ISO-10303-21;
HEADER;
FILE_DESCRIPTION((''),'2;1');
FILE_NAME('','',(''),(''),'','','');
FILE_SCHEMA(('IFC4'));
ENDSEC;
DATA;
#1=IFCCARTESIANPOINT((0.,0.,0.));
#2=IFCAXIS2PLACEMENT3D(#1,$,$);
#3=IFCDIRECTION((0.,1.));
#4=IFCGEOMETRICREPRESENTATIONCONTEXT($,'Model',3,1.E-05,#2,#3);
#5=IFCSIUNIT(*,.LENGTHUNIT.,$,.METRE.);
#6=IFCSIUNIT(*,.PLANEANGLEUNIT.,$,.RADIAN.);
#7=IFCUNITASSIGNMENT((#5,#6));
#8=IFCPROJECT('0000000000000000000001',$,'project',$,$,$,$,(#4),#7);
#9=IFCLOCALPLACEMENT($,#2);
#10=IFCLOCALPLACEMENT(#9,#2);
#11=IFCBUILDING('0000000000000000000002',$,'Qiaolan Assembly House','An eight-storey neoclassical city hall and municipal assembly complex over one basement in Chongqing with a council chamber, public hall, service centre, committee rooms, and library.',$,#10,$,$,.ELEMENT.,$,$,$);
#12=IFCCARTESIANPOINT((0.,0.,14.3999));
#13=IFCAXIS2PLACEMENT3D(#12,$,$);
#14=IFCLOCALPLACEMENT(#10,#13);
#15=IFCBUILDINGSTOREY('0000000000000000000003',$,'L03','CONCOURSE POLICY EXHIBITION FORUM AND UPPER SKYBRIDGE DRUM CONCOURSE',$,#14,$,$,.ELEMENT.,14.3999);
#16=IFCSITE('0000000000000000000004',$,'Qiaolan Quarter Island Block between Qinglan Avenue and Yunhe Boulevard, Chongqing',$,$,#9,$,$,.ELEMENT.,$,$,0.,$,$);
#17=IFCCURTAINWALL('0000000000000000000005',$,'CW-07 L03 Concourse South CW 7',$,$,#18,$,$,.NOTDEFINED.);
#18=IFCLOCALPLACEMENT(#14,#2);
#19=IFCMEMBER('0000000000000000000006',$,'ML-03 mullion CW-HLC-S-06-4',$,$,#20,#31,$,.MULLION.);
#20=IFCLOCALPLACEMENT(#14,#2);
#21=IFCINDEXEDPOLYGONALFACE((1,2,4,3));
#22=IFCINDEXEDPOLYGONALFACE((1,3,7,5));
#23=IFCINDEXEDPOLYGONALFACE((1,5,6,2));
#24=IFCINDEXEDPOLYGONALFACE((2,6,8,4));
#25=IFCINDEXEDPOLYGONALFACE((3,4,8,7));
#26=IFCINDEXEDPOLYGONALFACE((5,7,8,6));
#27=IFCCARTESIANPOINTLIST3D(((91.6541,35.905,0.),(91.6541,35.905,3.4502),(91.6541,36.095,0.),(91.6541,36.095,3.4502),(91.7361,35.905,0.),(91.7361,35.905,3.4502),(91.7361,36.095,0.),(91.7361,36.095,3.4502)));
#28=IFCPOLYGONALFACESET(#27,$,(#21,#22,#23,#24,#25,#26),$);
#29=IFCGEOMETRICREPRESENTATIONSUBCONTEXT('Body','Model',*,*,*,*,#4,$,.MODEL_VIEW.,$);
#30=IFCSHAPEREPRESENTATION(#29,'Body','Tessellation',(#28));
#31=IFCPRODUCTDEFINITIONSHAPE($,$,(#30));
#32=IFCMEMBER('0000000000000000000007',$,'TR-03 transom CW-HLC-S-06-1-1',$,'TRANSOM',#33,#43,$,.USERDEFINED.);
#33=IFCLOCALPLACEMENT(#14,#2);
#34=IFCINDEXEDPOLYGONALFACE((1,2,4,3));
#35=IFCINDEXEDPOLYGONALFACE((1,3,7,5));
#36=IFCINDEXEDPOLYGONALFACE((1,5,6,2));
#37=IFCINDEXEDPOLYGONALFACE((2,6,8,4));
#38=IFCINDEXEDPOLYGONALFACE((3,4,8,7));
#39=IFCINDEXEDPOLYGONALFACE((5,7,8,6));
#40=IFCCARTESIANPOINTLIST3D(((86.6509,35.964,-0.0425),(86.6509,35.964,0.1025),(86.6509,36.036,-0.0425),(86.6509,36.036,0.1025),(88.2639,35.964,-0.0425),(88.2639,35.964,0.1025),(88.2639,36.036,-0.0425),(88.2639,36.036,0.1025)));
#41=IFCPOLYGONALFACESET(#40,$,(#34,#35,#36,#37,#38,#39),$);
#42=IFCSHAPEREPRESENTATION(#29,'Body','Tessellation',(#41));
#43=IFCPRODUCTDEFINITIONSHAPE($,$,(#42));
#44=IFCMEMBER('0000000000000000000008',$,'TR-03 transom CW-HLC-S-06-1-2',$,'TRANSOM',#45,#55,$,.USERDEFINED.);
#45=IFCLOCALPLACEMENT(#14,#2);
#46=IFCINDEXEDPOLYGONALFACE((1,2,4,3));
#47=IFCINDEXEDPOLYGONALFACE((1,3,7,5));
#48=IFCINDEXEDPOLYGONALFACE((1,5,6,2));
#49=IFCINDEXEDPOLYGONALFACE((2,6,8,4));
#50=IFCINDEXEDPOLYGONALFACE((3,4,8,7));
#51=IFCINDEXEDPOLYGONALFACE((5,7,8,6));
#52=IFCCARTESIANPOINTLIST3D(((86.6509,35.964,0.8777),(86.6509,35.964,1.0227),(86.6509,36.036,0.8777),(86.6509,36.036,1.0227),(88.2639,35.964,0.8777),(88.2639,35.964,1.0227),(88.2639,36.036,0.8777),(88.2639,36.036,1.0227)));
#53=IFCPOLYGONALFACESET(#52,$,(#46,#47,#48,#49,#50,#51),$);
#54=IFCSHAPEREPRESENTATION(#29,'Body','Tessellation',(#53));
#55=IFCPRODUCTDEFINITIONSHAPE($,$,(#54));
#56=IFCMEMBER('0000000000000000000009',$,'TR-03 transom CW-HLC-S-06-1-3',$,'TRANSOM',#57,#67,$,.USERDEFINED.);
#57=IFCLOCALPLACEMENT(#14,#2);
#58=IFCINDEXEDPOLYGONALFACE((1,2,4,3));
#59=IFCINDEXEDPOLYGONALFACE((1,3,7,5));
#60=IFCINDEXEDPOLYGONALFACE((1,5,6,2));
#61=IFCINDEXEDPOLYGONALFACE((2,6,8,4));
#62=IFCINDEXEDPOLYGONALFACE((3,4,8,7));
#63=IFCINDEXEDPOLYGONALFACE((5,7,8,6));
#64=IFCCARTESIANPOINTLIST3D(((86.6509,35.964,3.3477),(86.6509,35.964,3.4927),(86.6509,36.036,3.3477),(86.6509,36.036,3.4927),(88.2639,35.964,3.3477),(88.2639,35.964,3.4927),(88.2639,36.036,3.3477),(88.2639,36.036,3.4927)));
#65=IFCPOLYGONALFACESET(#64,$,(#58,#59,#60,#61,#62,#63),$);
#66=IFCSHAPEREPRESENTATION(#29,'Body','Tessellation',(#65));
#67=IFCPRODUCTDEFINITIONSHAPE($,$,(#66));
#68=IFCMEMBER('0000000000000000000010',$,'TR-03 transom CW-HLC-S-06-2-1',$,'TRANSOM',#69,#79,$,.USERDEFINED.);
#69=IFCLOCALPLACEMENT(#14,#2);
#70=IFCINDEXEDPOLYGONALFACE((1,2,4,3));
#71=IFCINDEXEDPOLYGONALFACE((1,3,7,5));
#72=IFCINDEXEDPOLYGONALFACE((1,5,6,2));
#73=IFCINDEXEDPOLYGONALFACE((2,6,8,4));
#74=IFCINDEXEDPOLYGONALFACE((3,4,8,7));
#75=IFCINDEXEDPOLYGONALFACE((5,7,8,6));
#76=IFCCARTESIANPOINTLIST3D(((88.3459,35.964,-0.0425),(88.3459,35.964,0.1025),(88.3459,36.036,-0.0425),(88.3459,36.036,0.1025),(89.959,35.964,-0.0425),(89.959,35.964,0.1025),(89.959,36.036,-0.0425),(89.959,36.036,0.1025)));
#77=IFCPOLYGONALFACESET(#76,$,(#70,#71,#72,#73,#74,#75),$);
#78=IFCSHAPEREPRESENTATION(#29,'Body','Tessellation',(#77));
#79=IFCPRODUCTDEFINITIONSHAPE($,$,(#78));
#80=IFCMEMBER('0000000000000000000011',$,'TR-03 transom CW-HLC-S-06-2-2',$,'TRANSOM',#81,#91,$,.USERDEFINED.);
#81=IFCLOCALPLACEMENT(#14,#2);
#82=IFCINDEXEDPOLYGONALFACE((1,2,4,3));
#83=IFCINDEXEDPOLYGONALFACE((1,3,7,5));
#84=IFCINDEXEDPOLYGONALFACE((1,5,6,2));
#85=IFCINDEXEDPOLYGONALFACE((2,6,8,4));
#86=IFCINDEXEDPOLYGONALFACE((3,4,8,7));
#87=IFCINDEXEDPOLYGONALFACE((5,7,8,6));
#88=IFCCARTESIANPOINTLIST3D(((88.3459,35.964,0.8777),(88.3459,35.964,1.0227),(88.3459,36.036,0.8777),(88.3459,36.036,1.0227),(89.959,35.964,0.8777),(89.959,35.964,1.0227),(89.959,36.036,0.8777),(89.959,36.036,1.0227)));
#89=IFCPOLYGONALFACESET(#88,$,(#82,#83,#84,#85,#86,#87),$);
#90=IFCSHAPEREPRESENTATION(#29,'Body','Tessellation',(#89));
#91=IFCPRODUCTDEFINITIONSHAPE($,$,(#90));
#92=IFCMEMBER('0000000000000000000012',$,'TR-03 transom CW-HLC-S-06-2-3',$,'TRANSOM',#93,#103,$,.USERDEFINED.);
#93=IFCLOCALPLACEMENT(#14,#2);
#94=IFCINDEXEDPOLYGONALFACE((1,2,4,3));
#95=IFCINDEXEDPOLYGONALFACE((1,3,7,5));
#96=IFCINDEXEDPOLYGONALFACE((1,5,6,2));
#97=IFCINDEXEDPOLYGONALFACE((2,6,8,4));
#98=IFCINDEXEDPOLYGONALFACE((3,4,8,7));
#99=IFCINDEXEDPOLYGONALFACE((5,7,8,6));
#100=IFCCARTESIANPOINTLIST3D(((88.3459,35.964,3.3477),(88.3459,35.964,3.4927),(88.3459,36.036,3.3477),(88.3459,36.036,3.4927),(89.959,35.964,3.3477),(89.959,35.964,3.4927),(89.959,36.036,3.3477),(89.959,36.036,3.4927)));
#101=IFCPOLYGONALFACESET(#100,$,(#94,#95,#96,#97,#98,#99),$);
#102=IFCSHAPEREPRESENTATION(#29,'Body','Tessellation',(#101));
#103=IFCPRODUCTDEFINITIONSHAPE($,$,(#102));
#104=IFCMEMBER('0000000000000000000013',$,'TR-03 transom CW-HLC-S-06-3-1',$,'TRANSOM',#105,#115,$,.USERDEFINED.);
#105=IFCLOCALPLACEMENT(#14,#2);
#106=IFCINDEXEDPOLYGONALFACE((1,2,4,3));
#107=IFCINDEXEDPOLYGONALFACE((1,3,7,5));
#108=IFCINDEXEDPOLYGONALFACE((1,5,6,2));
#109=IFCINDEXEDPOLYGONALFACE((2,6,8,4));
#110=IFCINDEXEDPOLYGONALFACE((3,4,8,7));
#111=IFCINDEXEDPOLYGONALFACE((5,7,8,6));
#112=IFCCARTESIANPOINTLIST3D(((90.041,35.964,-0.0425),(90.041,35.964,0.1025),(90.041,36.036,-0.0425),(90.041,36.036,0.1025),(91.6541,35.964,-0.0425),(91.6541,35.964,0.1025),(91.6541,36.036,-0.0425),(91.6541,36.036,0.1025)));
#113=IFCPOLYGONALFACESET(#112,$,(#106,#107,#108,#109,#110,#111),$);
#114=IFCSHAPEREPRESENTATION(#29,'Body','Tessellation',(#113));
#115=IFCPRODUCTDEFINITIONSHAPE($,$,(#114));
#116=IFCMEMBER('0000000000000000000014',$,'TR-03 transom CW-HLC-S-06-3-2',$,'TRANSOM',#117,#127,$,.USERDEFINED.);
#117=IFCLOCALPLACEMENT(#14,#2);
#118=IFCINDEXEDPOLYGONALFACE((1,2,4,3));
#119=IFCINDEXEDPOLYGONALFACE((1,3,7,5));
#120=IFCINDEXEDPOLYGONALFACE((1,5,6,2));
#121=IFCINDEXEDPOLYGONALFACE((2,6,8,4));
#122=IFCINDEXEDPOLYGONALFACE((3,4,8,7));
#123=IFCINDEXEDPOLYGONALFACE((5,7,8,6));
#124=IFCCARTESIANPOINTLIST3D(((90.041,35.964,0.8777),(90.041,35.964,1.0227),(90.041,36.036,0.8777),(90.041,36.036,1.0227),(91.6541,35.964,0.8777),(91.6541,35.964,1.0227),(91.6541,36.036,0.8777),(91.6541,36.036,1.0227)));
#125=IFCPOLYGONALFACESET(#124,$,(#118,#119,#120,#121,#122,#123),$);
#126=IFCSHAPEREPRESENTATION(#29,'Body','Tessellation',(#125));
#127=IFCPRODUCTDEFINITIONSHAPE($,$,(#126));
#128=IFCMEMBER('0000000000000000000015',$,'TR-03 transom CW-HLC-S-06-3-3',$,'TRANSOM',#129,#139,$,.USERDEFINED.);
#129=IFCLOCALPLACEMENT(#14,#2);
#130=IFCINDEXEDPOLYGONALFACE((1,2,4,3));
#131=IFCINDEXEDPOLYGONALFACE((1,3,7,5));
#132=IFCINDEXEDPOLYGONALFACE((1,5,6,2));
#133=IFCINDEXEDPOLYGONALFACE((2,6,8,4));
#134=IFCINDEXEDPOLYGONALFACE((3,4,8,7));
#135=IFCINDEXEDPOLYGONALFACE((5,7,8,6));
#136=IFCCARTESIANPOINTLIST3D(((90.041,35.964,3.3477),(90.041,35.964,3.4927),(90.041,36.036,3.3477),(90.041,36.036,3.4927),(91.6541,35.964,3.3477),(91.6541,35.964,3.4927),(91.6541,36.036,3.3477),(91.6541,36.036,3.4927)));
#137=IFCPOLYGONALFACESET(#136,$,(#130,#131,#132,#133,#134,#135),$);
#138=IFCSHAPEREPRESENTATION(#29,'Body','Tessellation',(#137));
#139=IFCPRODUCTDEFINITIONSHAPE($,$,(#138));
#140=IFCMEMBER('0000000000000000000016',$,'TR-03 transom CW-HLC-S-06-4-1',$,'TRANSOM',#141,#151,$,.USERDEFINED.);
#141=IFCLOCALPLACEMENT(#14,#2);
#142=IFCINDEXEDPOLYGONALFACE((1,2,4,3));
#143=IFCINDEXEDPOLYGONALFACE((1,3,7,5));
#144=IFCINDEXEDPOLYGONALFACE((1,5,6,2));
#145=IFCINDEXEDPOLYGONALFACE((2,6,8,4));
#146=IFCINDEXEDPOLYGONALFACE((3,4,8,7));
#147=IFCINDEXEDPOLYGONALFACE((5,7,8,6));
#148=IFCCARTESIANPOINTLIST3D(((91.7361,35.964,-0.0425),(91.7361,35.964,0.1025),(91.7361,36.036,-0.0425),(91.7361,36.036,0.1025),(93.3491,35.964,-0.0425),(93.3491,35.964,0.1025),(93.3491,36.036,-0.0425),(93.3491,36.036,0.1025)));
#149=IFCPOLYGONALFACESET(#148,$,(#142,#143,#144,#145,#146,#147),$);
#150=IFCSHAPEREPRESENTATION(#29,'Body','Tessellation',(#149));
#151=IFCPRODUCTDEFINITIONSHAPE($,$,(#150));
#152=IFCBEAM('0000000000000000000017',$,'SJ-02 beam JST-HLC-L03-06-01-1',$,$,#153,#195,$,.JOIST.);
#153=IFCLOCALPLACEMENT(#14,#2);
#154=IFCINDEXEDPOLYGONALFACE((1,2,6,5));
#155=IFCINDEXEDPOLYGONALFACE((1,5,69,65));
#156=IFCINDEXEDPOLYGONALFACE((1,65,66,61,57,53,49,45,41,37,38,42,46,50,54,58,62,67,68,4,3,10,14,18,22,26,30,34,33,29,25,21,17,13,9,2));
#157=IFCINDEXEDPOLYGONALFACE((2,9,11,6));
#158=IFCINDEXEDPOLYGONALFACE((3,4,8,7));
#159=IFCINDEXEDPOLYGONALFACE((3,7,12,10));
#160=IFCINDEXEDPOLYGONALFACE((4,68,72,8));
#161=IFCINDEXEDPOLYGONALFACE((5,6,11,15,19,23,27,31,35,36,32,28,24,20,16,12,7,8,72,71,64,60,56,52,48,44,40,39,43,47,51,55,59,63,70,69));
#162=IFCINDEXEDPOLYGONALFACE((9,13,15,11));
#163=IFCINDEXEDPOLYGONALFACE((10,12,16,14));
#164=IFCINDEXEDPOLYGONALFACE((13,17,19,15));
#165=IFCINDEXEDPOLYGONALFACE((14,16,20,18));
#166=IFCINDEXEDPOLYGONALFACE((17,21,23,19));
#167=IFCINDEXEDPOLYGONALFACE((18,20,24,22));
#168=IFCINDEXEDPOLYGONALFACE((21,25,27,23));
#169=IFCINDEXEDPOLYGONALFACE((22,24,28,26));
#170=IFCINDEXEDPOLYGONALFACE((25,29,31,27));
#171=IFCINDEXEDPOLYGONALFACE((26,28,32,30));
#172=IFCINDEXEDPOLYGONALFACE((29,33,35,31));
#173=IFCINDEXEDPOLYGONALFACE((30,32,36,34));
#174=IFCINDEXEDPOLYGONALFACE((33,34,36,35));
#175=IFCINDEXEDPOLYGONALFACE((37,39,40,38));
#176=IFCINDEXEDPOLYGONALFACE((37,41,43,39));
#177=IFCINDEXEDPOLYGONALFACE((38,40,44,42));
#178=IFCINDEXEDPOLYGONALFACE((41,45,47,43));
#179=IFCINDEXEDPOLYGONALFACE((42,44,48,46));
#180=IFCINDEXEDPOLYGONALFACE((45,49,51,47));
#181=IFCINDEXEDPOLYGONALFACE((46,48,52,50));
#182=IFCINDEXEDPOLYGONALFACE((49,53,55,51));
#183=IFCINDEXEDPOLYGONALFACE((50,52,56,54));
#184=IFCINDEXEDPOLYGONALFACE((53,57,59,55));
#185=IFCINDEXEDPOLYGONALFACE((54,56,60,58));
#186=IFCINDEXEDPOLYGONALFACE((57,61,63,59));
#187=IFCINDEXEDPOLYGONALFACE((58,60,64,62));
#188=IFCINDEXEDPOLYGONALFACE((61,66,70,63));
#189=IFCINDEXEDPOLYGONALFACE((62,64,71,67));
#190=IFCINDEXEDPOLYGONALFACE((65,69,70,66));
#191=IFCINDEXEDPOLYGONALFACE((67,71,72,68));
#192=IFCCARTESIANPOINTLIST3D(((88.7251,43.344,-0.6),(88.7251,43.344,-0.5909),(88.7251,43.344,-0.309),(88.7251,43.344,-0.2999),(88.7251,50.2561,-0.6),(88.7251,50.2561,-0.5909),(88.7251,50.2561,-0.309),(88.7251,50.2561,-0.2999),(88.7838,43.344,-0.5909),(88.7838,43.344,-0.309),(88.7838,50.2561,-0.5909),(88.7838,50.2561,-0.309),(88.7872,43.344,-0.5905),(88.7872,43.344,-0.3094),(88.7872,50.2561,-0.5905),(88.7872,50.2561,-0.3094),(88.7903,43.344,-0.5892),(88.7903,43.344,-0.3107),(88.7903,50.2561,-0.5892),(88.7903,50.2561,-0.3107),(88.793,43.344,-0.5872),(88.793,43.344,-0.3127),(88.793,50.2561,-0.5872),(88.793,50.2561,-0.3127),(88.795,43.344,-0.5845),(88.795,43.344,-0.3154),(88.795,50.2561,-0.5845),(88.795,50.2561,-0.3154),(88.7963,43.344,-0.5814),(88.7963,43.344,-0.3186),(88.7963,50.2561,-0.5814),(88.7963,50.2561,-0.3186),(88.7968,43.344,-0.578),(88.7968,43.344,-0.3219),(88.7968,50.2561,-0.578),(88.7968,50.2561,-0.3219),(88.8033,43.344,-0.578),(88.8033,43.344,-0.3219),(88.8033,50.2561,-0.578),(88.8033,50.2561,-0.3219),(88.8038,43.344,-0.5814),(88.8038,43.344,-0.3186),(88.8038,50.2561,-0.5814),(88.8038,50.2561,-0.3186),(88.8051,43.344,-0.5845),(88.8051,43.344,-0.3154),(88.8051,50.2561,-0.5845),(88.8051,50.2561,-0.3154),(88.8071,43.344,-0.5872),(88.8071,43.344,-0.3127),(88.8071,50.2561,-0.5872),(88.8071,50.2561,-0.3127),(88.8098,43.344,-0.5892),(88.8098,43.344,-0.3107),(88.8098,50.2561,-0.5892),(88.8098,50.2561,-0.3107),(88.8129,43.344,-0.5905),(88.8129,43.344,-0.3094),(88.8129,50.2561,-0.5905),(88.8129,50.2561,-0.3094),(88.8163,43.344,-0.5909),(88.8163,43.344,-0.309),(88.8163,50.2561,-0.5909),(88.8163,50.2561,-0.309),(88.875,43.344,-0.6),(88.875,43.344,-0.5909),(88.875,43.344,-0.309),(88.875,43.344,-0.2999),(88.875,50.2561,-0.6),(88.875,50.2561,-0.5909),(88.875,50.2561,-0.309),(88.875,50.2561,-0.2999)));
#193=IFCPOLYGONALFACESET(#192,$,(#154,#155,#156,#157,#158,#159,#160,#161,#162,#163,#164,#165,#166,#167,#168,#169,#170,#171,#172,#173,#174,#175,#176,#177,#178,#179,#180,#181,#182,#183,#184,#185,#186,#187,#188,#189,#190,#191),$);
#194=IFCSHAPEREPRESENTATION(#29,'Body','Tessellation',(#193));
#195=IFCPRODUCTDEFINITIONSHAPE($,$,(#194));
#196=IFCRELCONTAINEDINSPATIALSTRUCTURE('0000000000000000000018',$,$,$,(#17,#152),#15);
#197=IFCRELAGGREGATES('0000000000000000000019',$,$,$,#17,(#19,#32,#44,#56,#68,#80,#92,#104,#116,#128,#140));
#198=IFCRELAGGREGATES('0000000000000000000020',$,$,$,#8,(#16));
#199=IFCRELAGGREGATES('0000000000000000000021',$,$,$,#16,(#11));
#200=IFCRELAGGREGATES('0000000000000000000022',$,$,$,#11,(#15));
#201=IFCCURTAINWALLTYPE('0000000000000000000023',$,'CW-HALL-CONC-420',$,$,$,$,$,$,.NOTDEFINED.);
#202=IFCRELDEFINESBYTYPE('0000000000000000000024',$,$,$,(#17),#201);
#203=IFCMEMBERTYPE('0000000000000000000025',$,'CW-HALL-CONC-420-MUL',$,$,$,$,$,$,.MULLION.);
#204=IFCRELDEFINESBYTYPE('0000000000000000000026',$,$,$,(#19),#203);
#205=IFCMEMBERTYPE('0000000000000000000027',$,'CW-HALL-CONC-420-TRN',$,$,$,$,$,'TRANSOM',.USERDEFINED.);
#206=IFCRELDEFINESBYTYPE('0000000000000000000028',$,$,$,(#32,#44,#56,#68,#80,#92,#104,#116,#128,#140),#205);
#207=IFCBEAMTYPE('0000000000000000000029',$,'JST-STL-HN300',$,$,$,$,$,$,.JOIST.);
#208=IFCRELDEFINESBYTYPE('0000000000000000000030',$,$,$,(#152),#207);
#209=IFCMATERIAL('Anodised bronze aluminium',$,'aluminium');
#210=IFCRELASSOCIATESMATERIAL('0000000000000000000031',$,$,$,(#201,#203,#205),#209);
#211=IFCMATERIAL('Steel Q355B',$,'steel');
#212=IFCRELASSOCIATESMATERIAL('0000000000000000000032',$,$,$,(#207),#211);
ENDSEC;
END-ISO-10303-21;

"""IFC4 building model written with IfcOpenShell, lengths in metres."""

from ifc_helpers import new_model, si_unit, direction, frame, origin, origin_2d, place, context, subcontext, project, spatial, rectangle, i_section, extrude, material, material_profile, profile_set, type_object, element, aggregate, save


model = new_model("IFC4")

# Units and contexts
model_context = context("Model", 3, precision=1e-05, world=origin(), true_north=direction((0.0, 1.0)))
body_context = subcontext(model_context, "Body", "Model", "MODEL_VIEW")
ifc_project = project(units=[si_unit("LENGTHUNIT", "METRE"), si_unit("PLANEANGLEUNIT", "RADIAN")], contexts=[model_context])

# Site, building, storey
site_placement = place(None, origin())
site = spatial("IfcSite", under=ifc_project, at=site_placement, Name="Qiaolan Quarter Island Block between Qinglan Avenue and Yunhe Boulevard, Chongqing", CompositionType="ELEMENT", RefElevation=0.0)
building_placement = place(site_placement, origin())
building = spatial("IfcBuilding", under=site, at=building_placement, Name="Qiaolan Assembly House", Description="An eight-storey neoclassical city hall and municipal assembly complex over one basement in Chongqing with a council chamber, public hall, service centre, committee rooms, and library.", CompositionType="ELEMENT")
storey_placement = place(building_placement, frame((0.0, 0.0, 14.3999)))
storey = spatial("IfcBuildingStorey", under=building, at=storey_placement, Name="L03", Description="CONCOURSE POLICY EXHIBITION FORUM AND UPPER SKYBRIDGE DRUM CONCOURSE", CompositionType="ELEMENT", Elevation=14.3999)

# Shared definitions
ifc_material_1 = material(Name="Steel Q355B", Category="steel")

# Curtain wall, members
ifc_material_2 = material(Name="Anodised bronze aluminium", Category="aluminium")
curtain_wall_type = type_object("IfcCurtainWallType", Name="CW-HALL-CONC-420", PredefinedType="NOTDEFINED", material=ifc_material_2)
curtain_wall_placement = place(storey_placement, origin())
curtain_wall = element("IfcCurtainWall", 1, at=curtain_wall_placement, inside=storey, type_object=curtain_wall_type, Name="CW-07 L03 Concourse South CW 7", PredefinedType="NOTDEFINED")
ifc_material_profile_1 = material_profile(ifc_material_2, rectangle(XDim=0.082, YDim=0.1899, at=origin_2d()), Name="MUL 82x190")
ifc_profile_set_1 = profile_set([ifc_material_profile_1], Name="Anodised bronze aluminium")
member_type_1 = type_object("IfcMemberType", Name="CW-HALL-CONC-420-MUL", PredefinedType="MULLION", material=ifc_profile_set_1)
member_1_placement = place(storey_placement, frame((91.6951, 36.0, 0.0), z_axis=(0.0, 0.0, 1.0), x_axis=(1.0, 0.0, 0.0)))
member_1 = element("IfcMember", 2, at=member_1_placement, type_object=member_type_1, Name="ML-03 mullion CW-HLC-S-06-4", PredefinedType="MULLION", context=body_context, shape_type="SweptSolid", body=[
    extrude(rectangle(XDim=0.082, YDim=0.1899, at=origin_2d()), origin(), (0.0, 0.0, 1.0), 3.4502),
])
ifc_material_profile_2 = material_profile(ifc_material_2, rectangle(XDim=0.072, YDim=0.145, at=origin_2d()), Name="TRN 72x145")
ifc_profile_set_2 = profile_set([ifc_material_profile_2], Name="Anodised bronze aluminium")
member_type_2 = type_object("IfcMemberType", Name="CW-HALL-CONC-420-TRN", ElementType="TRANSOM", PredefinedType="USERDEFINED", material=ifc_profile_set_2)
member_2_placement = place(storey_placement, frame((86.6509, 36.0, 0.03), z_axis=(1.0, 0.0, 0.0), x_axis=(0.0, 1.0, 0.0)))
member_2 = element("IfcMember", 3, at=member_2_placement, type_object=member_type_2, Name="TR-03 transom CW-HLC-S-06-1-1", ObjectType="TRANSOM", PredefinedType="USERDEFINED", context=body_context, shape_type="SweptSolid", body=[
    extrude(rectangle(XDim=0.072, YDim=0.145, at=origin_2d()), origin(), (0.0, 0.0, 1.0), 1.613),
])
member_3_placement = place(storey_placement, frame((86.6509, 36.0, 0.9502), z_axis=(1.0, 0.0, 0.0), x_axis=(0.0, 1.0, 0.0)))
member_3 = element("IfcMember", 4, at=member_3_placement, type_object=member_type_2, Name="TR-03 transom CW-HLC-S-06-1-2", ObjectType="TRANSOM", PredefinedType="USERDEFINED", context=body_context, shape_type="SweptSolid", body=[
    extrude(rectangle(XDim=0.072, YDim=0.145, at=origin_2d()), origin(), (0.0, 0.0, 1.0), 1.613),
])
member_4_placement = place(storey_placement, frame((86.6509, 36.0, 3.4202), z_axis=(1.0, 0.0, 0.0), x_axis=(0.0, 1.0, 0.0)))
member_4 = element("IfcMember", 5, at=member_4_placement, type_object=member_type_2, Name="TR-03 transom CW-HLC-S-06-1-3", ObjectType="TRANSOM", PredefinedType="USERDEFINED", context=body_context, shape_type="SweptSolid", body=[
    extrude(rectangle(XDim=0.072, YDim=0.145, at=origin_2d()), origin(), (0.0, 0.0, 1.0), 1.613),
])
member_5_placement = place(storey_placement, frame((88.3459, 36.0, 0.03), z_axis=(1.0, 0.0, 0.0), x_axis=(0.0, 1.0, 0.0)))
member_5 = element("IfcMember", 6, at=member_5_placement, type_object=member_type_2, Name="TR-03 transom CW-HLC-S-06-2-1", ObjectType="TRANSOM", PredefinedType="USERDEFINED", context=body_context, shape_type="SweptSolid", body=[
    extrude(rectangle(XDim=0.072, YDim=0.145, at=origin_2d()), origin(), (0.0, 0.0, 1.0), 1.613),
])
member_6_placement = place(storey_placement, frame((88.3459, 36.0, 0.9502), z_axis=(1.0, 0.0, 0.0), x_axis=(0.0, 1.0, 0.0)))
member_6 = element("IfcMember", 7, at=member_6_placement, type_object=member_type_2, Name="TR-03 transom CW-HLC-S-06-2-2", ObjectType="TRANSOM", PredefinedType="USERDEFINED", context=body_context, shape_type="SweptSolid", body=[
    extrude(rectangle(XDim=0.072, YDim=0.145, at=origin_2d()), origin(), (0.0, 0.0, 1.0), 1.613),
])
member_7_placement = place(storey_placement, frame((88.3459, 36.0, 3.4202), z_axis=(1.0, 0.0, 0.0), x_axis=(0.0, 1.0, 0.0)))
member_7 = element("IfcMember", 8, at=member_7_placement, type_object=member_type_2, Name="TR-03 transom CW-HLC-S-06-2-3", ObjectType="TRANSOM", PredefinedType="USERDEFINED", context=body_context, shape_type="SweptSolid", body=[
    extrude(rectangle(XDim=0.072, YDim=0.145, at=origin_2d()), origin(), (0.0, 0.0, 1.0), 1.613),
])
member_8_placement = place(storey_placement, frame((90.041, 36.0, 0.03), z_axis=(1.0, 0.0, 0.0), x_axis=(0.0, 1.0, 0.0)))
member_8 = element("IfcMember", 9, at=member_8_placement, type_object=member_type_2, Name="TR-03 transom CW-HLC-S-06-3-1", ObjectType="TRANSOM", PredefinedType="USERDEFINED", context=body_context, shape_type="SweptSolid", body=[
    extrude(rectangle(XDim=0.072, YDim=0.145, at=origin_2d()), origin(), (0.0, 0.0, 1.0), 1.613),
])
member_9_placement = place(storey_placement, frame((90.041, 36.0, 0.9502), z_axis=(1.0, 0.0, 0.0), x_axis=(0.0, 1.0, 0.0)))
member_9 = element("IfcMember", 10, at=member_9_placement, type_object=member_type_2, Name="TR-03 transom CW-HLC-S-06-3-2", ObjectType="TRANSOM", PredefinedType="USERDEFINED", context=body_context, shape_type="SweptSolid", body=[
    extrude(rectangle(XDim=0.072, YDim=0.145, at=origin_2d()), origin(), (0.0, 0.0, 1.0), 1.613),
])
member_10_placement = place(storey_placement, frame((90.041, 36.0, 3.4202), z_axis=(1.0, 0.0, 0.0), x_axis=(0.0, 1.0, 0.0)))
member_10 = element("IfcMember", 11, at=member_10_placement, type_object=member_type_2, Name="TR-03 transom CW-HLC-S-06-3-3", ObjectType="TRANSOM", PredefinedType="USERDEFINED", context=body_context, shape_type="SweptSolid", body=[
    extrude(rectangle(XDim=0.072, YDim=0.145, at=origin_2d()), origin(), (0.0, 0.0, 1.0), 1.613),
])
member_11_placement = place(storey_placement, frame((91.7361, 36.0, 0.03), z_axis=(1.0, 0.0, 0.0), x_axis=(0.0, 1.0, 0.0)))
member_11 = element("IfcMember", 12, at=member_11_placement, type_object=member_type_2, Name="TR-03 transom CW-HLC-S-06-4-1", ObjectType="TRANSOM", PredefinedType="USERDEFINED", context=body_context, shape_type="SweptSolid", body=[
    extrude(rectangle(XDim=0.072, YDim=0.145, at=origin_2d()), origin(), (0.0, 0.0, 1.0), 1.613),
])

# Beam
ifc_material_profile_3 = material_profile(ifc_material_1, i_section(OverallWidth=0.1499, OverallDepth=0.3, WebThickness=0.0066, FlangeThickness=0.009, FilletRadius=0.0129, at=origin_2d()), Name="HN 300x150x6.5x9")
ifc_profile_set_3 = profile_set([ifc_material_profile_3], Name="Steel Q355B")
beam_type_1 = type_object("IfcBeamType", Name="JST-STL-HN300", PredefinedType="JOIST", material=ifc_profile_set_3)
for number, where, z_axis, x_axis, name in (
    (13, (88.8, 43.344, -0.45), (0.0, 1.0, 0.0), (-1.0, 0.0, 0.0), "SJ-02 beam JST-HLC-L03-06-01-1"),
):
    element("IfcBeam", number, at=place(storey_placement, frame(where, z_axis=z_axis, x_axis=x_axis)), inside=storey, type_object=beam_type_1, Name=name, PredefinedType="JOIST", context=body_context, shape_type="SweptSolid", body=[
        extrude(i_section(OverallWidth=0.1499, OverallDepth=0.3, WebThickness=0.0066, FlangeThickness=0.009, FilletRadius=0.0129, at=origin_2d()), origin(), (0.0, 0.0, 1.0), 6.9121),
    ])

aggregate(curtain_wall, [member_1, member_2, member_3, member_4, member_5, member_6, member_7, member_8, member_9, member_10, member_11])

save(model, "model.ifc")
